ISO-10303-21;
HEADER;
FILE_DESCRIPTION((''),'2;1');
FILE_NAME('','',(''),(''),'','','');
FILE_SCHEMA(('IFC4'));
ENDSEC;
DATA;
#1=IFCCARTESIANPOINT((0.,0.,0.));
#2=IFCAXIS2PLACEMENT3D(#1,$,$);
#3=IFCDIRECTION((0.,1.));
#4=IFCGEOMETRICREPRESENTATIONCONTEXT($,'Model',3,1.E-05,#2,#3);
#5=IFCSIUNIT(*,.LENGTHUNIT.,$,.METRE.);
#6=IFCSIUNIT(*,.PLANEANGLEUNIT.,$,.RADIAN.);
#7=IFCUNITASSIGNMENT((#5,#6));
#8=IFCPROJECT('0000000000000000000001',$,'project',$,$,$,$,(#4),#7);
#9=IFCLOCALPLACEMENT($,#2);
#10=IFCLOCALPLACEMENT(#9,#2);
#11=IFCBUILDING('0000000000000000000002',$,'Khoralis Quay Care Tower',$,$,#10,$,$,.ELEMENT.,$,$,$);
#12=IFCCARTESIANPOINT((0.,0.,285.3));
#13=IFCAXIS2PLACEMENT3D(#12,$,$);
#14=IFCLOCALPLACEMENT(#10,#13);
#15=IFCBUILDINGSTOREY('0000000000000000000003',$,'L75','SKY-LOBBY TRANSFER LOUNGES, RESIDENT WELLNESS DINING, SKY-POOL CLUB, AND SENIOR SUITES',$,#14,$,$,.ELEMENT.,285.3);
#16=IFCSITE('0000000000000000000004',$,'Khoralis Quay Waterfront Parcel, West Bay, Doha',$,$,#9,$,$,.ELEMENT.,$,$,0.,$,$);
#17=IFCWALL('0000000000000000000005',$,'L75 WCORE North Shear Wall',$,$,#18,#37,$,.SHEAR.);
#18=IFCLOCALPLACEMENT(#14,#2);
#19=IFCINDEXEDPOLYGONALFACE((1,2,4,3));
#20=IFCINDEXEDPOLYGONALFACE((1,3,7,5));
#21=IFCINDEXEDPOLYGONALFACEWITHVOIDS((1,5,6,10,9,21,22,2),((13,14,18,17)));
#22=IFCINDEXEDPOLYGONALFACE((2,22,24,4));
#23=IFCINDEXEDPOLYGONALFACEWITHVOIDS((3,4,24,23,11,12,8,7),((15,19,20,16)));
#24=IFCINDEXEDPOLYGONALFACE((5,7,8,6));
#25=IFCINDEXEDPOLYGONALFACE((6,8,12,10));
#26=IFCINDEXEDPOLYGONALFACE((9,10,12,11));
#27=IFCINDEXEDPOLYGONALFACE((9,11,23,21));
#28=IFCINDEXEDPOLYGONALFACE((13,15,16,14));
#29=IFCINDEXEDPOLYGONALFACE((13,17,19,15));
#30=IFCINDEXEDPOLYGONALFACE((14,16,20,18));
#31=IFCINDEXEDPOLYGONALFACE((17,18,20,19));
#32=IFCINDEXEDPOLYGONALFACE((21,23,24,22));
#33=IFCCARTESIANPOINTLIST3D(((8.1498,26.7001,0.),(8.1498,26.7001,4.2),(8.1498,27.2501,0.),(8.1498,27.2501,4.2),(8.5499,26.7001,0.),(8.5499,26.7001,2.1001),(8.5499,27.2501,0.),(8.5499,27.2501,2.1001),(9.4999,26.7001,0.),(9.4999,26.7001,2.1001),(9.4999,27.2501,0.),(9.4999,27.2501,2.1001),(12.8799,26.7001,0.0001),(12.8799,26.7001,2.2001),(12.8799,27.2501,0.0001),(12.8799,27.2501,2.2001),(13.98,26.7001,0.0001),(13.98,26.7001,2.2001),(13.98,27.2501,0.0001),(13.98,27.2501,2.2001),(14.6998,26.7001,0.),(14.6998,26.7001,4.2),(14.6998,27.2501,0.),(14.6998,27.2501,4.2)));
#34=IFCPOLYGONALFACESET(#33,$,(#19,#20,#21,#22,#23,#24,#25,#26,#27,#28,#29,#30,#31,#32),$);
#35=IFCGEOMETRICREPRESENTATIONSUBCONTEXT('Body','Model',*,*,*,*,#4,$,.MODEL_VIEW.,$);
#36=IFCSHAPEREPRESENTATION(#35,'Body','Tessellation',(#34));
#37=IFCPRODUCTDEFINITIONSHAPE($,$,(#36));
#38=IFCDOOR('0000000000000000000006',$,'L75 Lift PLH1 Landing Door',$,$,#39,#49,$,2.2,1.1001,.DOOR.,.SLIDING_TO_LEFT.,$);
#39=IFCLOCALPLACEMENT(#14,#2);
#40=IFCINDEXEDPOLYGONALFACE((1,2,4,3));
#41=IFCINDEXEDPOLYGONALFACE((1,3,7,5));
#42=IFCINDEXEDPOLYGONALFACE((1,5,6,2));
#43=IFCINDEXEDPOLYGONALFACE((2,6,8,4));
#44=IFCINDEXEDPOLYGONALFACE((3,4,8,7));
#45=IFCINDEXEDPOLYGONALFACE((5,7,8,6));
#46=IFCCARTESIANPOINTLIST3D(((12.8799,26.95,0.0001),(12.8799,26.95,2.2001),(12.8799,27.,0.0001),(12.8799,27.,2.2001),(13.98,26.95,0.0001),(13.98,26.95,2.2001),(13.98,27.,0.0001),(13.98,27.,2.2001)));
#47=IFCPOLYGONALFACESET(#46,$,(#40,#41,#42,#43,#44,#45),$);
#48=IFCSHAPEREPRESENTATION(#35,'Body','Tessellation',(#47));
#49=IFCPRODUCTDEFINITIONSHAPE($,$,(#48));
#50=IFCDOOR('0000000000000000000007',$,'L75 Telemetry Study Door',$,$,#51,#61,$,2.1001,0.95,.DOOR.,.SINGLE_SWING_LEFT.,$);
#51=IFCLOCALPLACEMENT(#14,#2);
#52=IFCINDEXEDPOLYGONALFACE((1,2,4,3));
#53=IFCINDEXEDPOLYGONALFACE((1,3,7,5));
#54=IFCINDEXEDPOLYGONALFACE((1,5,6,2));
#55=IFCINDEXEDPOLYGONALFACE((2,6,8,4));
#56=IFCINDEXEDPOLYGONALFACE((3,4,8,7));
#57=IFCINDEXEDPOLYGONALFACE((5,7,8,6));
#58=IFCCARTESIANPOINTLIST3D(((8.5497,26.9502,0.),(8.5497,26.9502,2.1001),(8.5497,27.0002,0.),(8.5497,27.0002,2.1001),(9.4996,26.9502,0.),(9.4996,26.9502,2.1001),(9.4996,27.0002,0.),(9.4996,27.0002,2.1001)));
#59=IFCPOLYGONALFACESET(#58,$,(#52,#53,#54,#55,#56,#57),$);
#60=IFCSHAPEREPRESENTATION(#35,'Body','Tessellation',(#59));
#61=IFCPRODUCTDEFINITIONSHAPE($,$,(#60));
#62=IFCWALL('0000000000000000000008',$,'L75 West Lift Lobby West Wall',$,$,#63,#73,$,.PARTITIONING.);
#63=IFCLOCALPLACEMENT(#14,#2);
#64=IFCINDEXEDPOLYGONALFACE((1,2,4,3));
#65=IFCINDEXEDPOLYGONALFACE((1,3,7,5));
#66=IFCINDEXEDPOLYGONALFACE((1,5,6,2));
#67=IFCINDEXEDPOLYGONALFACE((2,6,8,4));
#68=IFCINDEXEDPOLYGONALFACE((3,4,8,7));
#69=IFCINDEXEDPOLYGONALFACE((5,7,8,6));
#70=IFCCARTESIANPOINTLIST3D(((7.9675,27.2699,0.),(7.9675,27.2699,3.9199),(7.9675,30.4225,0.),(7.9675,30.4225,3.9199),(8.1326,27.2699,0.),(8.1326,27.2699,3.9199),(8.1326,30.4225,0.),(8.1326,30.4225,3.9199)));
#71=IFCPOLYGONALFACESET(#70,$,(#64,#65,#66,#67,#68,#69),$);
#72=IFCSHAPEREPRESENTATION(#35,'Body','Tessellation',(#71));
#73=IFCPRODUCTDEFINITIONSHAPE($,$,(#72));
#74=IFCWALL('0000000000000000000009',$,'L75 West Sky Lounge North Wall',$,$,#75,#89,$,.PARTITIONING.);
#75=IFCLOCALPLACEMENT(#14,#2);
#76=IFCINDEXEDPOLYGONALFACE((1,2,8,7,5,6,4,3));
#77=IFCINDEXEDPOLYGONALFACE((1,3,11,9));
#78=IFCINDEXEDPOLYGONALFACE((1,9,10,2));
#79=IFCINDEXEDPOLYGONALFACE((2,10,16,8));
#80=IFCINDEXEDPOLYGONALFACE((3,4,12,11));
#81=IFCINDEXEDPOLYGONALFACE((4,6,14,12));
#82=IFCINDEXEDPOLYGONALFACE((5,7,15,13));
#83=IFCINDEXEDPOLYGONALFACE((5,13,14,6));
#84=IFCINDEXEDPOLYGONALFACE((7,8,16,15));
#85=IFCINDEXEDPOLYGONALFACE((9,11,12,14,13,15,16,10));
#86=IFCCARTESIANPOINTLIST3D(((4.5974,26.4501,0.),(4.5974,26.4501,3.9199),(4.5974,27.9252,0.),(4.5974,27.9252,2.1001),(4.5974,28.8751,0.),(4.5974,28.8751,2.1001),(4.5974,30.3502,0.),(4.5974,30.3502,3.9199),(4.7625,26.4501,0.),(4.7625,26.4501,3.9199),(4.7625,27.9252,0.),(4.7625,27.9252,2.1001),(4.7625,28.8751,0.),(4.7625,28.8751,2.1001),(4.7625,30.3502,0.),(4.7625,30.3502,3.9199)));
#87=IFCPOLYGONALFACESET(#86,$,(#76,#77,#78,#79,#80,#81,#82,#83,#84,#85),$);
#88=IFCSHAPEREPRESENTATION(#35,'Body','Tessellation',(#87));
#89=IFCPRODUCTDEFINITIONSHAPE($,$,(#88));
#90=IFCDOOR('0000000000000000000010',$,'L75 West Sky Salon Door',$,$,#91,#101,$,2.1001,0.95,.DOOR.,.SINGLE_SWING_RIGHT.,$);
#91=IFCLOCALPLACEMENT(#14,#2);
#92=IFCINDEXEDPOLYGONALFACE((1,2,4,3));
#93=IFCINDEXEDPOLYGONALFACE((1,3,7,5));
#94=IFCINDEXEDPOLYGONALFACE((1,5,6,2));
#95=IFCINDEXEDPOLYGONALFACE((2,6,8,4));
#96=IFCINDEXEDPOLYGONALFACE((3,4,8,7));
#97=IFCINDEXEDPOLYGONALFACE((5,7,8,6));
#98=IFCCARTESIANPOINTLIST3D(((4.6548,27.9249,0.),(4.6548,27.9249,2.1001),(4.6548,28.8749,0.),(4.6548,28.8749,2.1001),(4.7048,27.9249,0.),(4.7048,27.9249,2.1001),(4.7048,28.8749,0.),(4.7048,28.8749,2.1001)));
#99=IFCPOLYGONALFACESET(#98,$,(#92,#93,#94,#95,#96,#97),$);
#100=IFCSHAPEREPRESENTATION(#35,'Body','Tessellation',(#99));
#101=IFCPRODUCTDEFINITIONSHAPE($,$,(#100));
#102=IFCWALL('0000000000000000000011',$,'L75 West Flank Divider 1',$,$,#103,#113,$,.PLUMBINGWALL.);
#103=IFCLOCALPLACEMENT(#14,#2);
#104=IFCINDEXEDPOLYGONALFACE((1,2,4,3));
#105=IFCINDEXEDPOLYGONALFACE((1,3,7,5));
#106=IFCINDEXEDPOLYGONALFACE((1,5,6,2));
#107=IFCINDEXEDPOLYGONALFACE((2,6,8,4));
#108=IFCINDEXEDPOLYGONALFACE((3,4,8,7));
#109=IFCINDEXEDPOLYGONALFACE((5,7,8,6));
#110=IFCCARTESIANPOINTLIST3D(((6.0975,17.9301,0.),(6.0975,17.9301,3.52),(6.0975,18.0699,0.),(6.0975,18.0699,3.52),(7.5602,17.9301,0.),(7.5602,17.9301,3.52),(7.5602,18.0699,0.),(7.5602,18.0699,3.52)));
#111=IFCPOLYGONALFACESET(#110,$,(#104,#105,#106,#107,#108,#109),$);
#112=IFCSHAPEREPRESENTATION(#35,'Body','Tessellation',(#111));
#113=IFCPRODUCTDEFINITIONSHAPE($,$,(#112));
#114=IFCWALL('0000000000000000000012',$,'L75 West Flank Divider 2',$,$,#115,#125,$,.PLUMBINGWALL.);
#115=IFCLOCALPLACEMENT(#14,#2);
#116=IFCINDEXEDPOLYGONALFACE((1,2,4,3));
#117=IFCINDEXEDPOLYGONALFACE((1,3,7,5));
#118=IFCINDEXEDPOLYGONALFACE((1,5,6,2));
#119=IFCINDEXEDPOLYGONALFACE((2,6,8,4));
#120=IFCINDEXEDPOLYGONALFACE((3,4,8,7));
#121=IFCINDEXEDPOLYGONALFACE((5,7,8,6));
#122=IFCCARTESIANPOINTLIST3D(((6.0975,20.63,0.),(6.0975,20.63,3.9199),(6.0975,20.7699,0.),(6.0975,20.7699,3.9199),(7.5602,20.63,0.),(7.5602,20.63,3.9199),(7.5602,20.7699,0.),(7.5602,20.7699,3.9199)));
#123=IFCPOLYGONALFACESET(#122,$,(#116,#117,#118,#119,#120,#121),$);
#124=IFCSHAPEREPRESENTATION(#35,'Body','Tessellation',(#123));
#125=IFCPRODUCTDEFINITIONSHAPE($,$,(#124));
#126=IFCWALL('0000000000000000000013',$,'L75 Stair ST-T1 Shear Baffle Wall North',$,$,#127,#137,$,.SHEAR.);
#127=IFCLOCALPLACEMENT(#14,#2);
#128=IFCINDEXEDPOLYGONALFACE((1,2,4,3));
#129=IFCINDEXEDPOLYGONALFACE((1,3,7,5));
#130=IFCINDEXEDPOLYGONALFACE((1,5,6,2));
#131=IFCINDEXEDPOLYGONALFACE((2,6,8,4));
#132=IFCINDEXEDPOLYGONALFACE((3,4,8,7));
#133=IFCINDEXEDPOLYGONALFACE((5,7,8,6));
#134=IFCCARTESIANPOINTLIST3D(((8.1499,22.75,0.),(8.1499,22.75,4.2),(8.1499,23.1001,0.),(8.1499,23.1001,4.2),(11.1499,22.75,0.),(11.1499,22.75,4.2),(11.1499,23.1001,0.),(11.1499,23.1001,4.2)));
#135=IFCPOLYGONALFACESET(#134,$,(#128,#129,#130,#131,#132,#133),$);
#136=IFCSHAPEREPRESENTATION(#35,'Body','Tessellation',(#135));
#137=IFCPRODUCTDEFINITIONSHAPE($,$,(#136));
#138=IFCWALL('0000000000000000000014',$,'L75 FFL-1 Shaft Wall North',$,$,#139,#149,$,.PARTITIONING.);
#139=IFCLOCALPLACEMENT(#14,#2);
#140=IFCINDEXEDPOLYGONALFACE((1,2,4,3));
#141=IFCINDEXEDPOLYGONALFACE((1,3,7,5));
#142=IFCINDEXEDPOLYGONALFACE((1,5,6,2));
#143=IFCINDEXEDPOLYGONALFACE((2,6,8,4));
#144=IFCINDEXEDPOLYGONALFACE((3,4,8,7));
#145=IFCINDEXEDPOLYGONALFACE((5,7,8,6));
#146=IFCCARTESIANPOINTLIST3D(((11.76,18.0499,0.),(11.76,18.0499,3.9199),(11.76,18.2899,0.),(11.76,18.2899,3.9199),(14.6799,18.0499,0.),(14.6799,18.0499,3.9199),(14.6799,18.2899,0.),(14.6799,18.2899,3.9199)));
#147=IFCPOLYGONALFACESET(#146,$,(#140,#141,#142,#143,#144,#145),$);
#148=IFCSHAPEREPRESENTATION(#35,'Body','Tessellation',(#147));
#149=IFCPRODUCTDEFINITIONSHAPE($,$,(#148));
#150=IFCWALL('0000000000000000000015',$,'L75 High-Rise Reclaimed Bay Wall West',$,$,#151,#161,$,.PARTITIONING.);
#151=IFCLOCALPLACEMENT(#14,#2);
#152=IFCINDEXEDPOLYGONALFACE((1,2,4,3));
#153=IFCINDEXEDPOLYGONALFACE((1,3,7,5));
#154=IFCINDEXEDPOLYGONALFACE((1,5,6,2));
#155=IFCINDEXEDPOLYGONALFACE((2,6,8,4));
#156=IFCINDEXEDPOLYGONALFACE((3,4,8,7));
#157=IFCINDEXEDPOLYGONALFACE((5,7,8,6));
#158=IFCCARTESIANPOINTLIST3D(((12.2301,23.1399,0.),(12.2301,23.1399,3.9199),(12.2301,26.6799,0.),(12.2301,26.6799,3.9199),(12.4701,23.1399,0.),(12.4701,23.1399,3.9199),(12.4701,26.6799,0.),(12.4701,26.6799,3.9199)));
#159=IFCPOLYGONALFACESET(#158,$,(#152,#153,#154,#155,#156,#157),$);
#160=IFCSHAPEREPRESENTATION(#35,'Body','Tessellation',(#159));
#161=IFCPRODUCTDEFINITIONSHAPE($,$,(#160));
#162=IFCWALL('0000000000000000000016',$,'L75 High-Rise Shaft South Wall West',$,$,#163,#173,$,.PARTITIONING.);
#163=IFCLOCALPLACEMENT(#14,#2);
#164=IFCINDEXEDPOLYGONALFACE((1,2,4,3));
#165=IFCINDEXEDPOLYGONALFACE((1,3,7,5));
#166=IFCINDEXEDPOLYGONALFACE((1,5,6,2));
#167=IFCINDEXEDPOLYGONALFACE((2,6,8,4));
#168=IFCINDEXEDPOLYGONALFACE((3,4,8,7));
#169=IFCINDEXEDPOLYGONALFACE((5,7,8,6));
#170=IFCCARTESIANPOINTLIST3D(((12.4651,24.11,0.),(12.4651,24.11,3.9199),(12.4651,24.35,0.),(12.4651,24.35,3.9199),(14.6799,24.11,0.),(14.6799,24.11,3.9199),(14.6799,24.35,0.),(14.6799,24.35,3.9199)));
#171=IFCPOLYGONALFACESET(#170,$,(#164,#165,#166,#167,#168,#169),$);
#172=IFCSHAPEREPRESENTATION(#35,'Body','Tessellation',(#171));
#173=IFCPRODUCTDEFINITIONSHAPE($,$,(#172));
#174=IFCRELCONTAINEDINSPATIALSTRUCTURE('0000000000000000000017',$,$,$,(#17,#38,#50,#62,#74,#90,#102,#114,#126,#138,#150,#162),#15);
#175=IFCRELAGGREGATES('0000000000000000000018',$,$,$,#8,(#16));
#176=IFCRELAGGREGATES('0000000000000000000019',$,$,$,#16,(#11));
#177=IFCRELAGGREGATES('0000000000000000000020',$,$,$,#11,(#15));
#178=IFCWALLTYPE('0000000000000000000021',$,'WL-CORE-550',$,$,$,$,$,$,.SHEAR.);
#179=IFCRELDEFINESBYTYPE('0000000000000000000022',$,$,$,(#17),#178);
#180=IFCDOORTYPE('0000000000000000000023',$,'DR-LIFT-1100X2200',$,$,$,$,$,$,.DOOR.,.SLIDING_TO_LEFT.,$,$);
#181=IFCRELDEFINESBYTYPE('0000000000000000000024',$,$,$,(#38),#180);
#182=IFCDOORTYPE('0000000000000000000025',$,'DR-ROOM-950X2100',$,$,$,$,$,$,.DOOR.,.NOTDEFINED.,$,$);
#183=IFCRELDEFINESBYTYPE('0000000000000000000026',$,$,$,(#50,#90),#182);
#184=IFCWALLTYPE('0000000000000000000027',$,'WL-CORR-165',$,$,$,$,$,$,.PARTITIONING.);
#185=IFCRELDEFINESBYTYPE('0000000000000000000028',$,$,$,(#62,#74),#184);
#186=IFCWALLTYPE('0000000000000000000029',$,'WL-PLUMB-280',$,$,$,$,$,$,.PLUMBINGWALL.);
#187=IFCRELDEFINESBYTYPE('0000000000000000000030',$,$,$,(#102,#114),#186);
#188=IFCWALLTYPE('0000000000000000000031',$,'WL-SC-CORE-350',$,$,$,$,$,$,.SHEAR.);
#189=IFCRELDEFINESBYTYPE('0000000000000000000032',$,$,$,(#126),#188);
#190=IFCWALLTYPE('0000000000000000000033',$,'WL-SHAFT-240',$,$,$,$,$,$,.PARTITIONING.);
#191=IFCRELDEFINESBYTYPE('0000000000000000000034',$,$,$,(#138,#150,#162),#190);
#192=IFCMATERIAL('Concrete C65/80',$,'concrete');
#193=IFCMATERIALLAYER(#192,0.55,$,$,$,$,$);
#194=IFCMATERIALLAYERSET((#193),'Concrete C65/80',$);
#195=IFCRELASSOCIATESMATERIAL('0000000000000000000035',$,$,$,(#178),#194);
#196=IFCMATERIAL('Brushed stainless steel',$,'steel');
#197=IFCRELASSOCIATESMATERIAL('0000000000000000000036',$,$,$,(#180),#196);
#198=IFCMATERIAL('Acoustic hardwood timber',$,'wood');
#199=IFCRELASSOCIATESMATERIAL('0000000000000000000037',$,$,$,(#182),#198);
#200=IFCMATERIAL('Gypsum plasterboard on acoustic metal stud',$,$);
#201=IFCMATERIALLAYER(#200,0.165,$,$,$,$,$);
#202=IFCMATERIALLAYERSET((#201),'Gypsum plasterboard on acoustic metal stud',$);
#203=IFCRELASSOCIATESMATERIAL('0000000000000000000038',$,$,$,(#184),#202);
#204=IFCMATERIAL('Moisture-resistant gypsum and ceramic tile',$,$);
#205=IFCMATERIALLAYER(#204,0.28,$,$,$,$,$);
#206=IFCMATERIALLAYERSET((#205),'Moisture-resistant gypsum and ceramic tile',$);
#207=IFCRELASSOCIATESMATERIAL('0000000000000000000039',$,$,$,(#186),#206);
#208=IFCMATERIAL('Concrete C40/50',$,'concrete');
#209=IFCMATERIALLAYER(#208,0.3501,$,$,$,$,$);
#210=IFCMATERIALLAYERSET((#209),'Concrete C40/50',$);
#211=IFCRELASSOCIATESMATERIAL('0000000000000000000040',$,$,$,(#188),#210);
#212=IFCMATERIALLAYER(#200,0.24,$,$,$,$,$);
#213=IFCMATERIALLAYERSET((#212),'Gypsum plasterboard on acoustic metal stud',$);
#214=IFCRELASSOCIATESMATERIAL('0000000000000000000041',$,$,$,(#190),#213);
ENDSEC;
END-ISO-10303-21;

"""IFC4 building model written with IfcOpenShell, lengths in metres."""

from ifc_helpers import new_model, si_unit, direction, frame, frame_2d, origin, place, context, subcontext, project, spatial, rectangle, extrude, source, transform, mapped, material, layer, layer_set, type_object, element, fill, save


model = new_model("IFC4")

# Units and contexts
model_context = context("Model", 3, precision=1e-05, world=origin(), true_north=direction((0.0, 1.0)))
body_context = subcontext(model_context, "Body", "Model", "MODEL_VIEW")
ifc_project = project(units=[si_unit("LENGTHUNIT", "METRE"), si_unit("PLANEANGLEUNIT", "RADIAN")], contexts=[model_context])

# Site, building, storey
site_placement = place(None, origin())
site = spatial("IfcSite", under=ifc_project, at=site_placement, Name="Khoralis Quay Waterfront Parcel, West Bay, Doha", CompositionType="ELEMENT", RefElevation=0.0)
building_placement = place(site_placement, origin())
building = spatial("IfcBuilding", under=site, at=building_placement, Name="Khoralis Quay Care Tower", CompositionType="ELEMENT")
storey_placement = place(building_placement, frame((0.0, 0.0, 285.3)))
storey = spatial("IfcBuildingStorey", under=building, at=storey_placement, Name="L75", Description="SKY-LOBBY TRANSFER LOUNGES, RESIDENT WELLNESS DINING, SKY-POOL CLUB, AND SENIOR SUITES", CompositionType="ELEMENT", Elevation=285.3)

# Wall, openings, doors
ifc_material_1 = material(Name="Concrete C65/80", Category="concrete")
ifc_layer_1 = layer(ifc_material_1, 0.55)
ifc_layer_set_1 = layer_set([ifc_layer_1], Name="Concrete C65/80")
wall_type_1 = type_object("IfcWallType", Name="WL-CORE-550", PredefinedType="SHEAR", material=ifc_layer_set_1)
wall_1_placement = place(storey_placement, frame((8.1499, 26.9751, 0.0), z_axis=(0.0, 0.0, 1.0), x_axis=(1.0, 0.0, 0.0)))
wall_1 = element("IfcWall", 1, at=wall_1_placement, inside=storey, type_object=wall_type_1, Name="L75 WCORE North Shear Wall", PredefinedType="SHEAR", context=body_context, shape_type="SweptSolid", body=[
    extrude(rectangle(XDim=6.55, YDim=0.55, at=frame_2d((3.2749, 0.0))), origin(), (0.0, 0.0, 1.0), 4.2),
])
opening_1_placement = place(wall_1_placement, frame((0.3999, 0.0, 0.0)))
opening_1 = element("IfcOpeningElement", 2, at=opening_1_placement, cuts=wall_1, PredefinedType="OPENING", context=body_context, shape_type="SweptSolid", body=[
    extrude(rectangle(XDim=0.95, YDim=2.1001, at=frame_2d((0.4751, 1.05))), frame((0.0, 0.2852, 0.0), z_axis=(0.0, -1.0, 0.0), x_axis=(1.0, 0.0, 0.0)), (0.0, 0.0, 1.0), 0.5701),
])
opening_2_placement = place(wall_1_placement, frame((4.73, 0.0, 0.0)))
opening_2 = element("IfcOpeningElement", 3, at=opening_2_placement, cuts=wall_1, PredefinedType="OPENING", context=body_context, shape_type="SweptSolid", body=[
    extrude(rectangle(XDim=1.1001, YDim=2.2, at=frame_2d((0.55, 1.1001))), frame((0.0, 0.2852, 0.0), z_axis=(0.0, -1.0, 0.0), x_axis=(1.0, 0.0, 0.0)), (0.0, 0.0, 1.0), 0.5701),
])
ifc_material_2 = material(Name="Brushed stainless steel", Category="steel")
door_type_1 = type_object("IfcDoorType", Name="DR-LIFT-1100X2200", OperationType="SLIDING_TO_LEFT", PredefinedType="DOOR", material=ifc_material_2)
shared_shape_1 = source(origin(), body_context, "Body", "SweptSolid", [
    extrude(rectangle(XDim=1.1001, YDim=2.2, at=frame_2d((0.55, 1.1001))), frame((0.0, 0.0249, 0.0), z_axis=(0.0, -1.0, 0.0), x_axis=(1.0, 0.0, 0.0)), (0.0, 0.0, 1.0), 0.05),
])
door_1_placement = place(opening_2_placement, origin())
door_1 = element("IfcDoor", 4, at=door_1_placement, inside=storey, type_object=door_type_1, Name="L75 Lift PLH1 Landing Door", OperationType="SLIDING_TO_LEFT", OverallHeight=2.2, OverallWidth=1.1001, PredefinedType="DOOR", context=body_context, shape_type="MappedRepresentation", body=[
    mapped(shared_shape_1, transform((0.0, 0.0, 0.0), scale=1.0)),
])
fill(opening_2, door_1)
ifc_material_3 = material(Name="Acoustic hardwood timber", Category="wood")
door_type_2 = type_object("IfcDoorType", Name="DR-ROOM-950X2100", OperationType="NOTDEFINED", PredefinedType="DOOR", material=ifc_material_3)
shared_shape_2 = source(origin(), body_context, "Body", "SweptSolid", [
    extrude(rectangle(XDim=0.95, YDim=2.1001, at=frame_2d((0.4751, 1.05))), frame((0.0, 0.0249, 0.0), z_axis=(0.0, -1.0, 0.0), x_axis=(1.0, 0.0, 0.0)), (0.0, 0.0, 1.0), 0.05),
])
door_2_placement = place(opening_1_placement, frame((0.95, 0.0, 0.0), z_axis=(0.0, 0.0, 1.0), x_axis=(-1.0, 0.0, 0.0)))
door_2 = element("IfcDoor", 5, at=door_2_placement, inside=storey, type_object=door_type_2, Name="L75 Telemetry Study Door", OperationType="SINGLE_SWING_LEFT", OverallHeight=2.1001, OverallWidth=0.95, PredefinedType="DOOR", context=body_context, shape_type="MappedRepresentation", body=[
    mapped(shared_shape_2, transform((0.0, 0.0, 0.0), scale=1.0)),
])
fill(opening_1, door_2)

# Wall
ifc_material_4 = material(Name="Gypsum plasterboard on acoustic metal stud")
ifc_layer_2 = layer(ifc_material_4, 0.165)
ifc_layer_set_2 = layer_set([ifc_layer_2], Name="Gypsum plasterboard on acoustic metal stud")
wall_type_2 = type_object("IfcWallType", Name="WL-CORR-165", PredefinedType="PARTITIONING", material=ifc_layer_set_2)
wall_2_placement = place(storey_placement, frame((8.05, 27.27, 0.0), z_axis=(0.0, 0.0, 1.0), x_axis=(0.0, 1.0, 0.0)))
element("IfcWall", 6, at=wall_2_placement, inside=storey, type_object=wall_type_2, Name="L75 West Lift Lobby West Wall", PredefinedType="PARTITIONING", context=body_context, shape_type="SweptSolid", body=[
    extrude(rectangle(XDim=3.1526, YDim=0.165, at=frame_2d((1.5762, 0.0))), origin(), (0.0, 0.0, 1.0), 3.9199),
])

# Wall, opening, door
wall_3_placement = place(storey_placement, frame((4.6799, 26.45, 0.0), z_axis=(0.0, 0.0, 1.0), x_axis=(0.0, 1.0, 0.0)))
wall_3 = element("IfcWall", 7, at=wall_3_placement, inside=storey, type_object=wall_type_2, Name="L75 West Sky Lounge North Wall", PredefinedType="PARTITIONING", context=body_context, shape_type="SweptSolid", body=[
    extrude(rectangle(XDim=3.9001, YDim=0.165, at=frame_2d((1.9502, 0.0))), origin(), (0.0, 0.0, 1.0), 3.9199),
])
opening_3_placement = place(wall_3_placement, frame((1.4751, 0.0, 0.0)))
opening_3 = element("IfcOpeningElement", 8, at=opening_3_placement, cuts=wall_3, PredefinedType="OPENING", context=body_context, shape_type="SweptSolid", body=[
    extrude(rectangle(XDim=0.95, YDim=2.1001, at=frame_2d((0.4751, 1.05))), frame((0.0, 0.0925, 0.0), z_axis=(0.0, -1.0, 0.0), x_axis=(1.0, 0.0, 0.0)), (0.0, 0.0, 1.0), 0.1851),
])
door_3_placement = place(opening_3_placement, frame((0.95, 0.0, 0.0), z_axis=(0.0, 0.0, 1.0), x_axis=(-1.0, 0.0, 0.0)))
door_3 = element("IfcDoor", 9, at=door_3_placement, inside=storey, type_object=door_type_2, Name="L75 West Sky Salon Door", OperationType="SINGLE_SWING_RIGHT", OverallHeight=2.1001, OverallWidth=0.95, PredefinedType="DOOR", context=body_context, shape_type="MappedRepresentation", body=[
    mapped(shared_shape_2, transform((0.0, 0.0, 0.0), scale=1.0)),
])
fill(opening_3, door_3)

# Walls
ifc_material_5 = material(Name="Moisture-resistant gypsum and ceramic tile")
ifc_layer_3 = layer(ifc_material_5, 0.28)
ifc_layer_set_3 = layer_set([ifc_layer_3], Name="Moisture-resistant gypsum and ceramic tile")
wall_type_3 = type_object("IfcWallType", Name="WL-PLUMB-280", PredefinedType="PLUMBINGWALL", material=ifc_layer_set_3)
wall_4_placement = place(storey_placement, frame((6.0974, 18.0, 0.0), z_axis=(0.0, 0.0, 1.0), x_axis=(1.0, 0.0, 0.0)))
element("IfcWall", 10, at=wall_4_placement, inside=storey, type_object=wall_type_3, Name="L75 West Flank Divider 1", PredefinedType="PLUMBINGWALL", context=body_context, shape_type="SweptSolid", body=[
    extrude(rectangle(XDim=1.4626, YDim=0.1399, at=frame_2d((0.7314, 0.0))), origin(), (0.0, 0.0, 1.0), 3.52),
])
wall_5_placement = place(storey_placement, frame((6.0974, 20.7, 0.0), z_axis=(0.0, 0.0, 1.0), x_axis=(1.0, 0.0, 0.0)))
element("IfcWall", 11, at=wall_5_placement, inside=storey, type_object=wall_type_3, Name="L75 West Flank Divider 2", PredefinedType="PLUMBINGWALL", context=body_context, shape_type="SweptSolid", body=[
    extrude(rectangle(XDim=1.4626, YDim=0.1399, at=frame_2d((0.7314, 0.0))), origin(), (0.0, 0.0, 1.0), 3.9199),
])
ifc_material_6 = material(Name="Concrete C40/50", Category="concrete")
ifc_layer_4 = layer(ifc_material_6, 0.3501)
ifc_layer_set_4 = layer_set([ifc_layer_4], Name="Concrete C40/50")
wall_type_4 = type_object("IfcWallType", Name="WL-SC-CORE-350", PredefinedType="SHEAR", material=ifc_layer_set_4)
wall_6_placement = place(storey_placement, frame((8.1499, 22.925, 0.0), z_axis=(0.0, 0.0, 1.0), x_axis=(1.0, 0.0, 0.0)))
element("IfcWall", 12, at=wall_6_placement, inside=storey, type_object=wall_type_4, Name="L75 Stair ST-T1 Shear Baffle Wall North", PredefinedType="SHEAR", context=body_context, shape_type="SweptSolid", body=[
    extrude(rectangle(XDim=3.0, YDim=0.3501, at=frame_2d((1.5, 0.0))), origin(), (0.0, 0.0, 1.0), 4.2),
])
ifc_layer_5 = layer(ifc_material_4, 0.24)
ifc_layer_set_5 = layer_set([ifc_layer_5], Name="Gypsum plasterboard on acoustic metal stud")
wall_type_5 = type_object("IfcWallType", Name="WL-SHAFT-240", PredefinedType="PARTITIONING", material=ifc_layer_set_5)
wall_7_placement = place(storey_placement, frame((11.76, 18.1699, 0.0), z_axis=(0.0, 0.0, 1.0), x_axis=(1.0, 0.0, 0.0)))
element("IfcWall", 13, at=wall_7_placement, inside=storey, type_object=wall_type_5, Name="L75 FFL-1 Shaft Wall North", PredefinedType="PARTITIONING", context=body_context, shape_type="SweptSolid", body=[
    extrude(rectangle(XDim=2.9199, YDim=0.24, at=frame_2d((1.46, 0.0))), origin(), (0.0, 0.0, 1.0), 3.9199),
])
wall_8_placement = place(storey_placement, frame((12.3501, 23.1399, 0.0), z_axis=(0.0, 0.0, 1.0), x_axis=(0.0, 1.0, 0.0)))
element("IfcWall", 14, at=wall_8_placement, inside=storey, type_object=wall_type_5, Name="L75 High-Rise Reclaimed Bay Wall West", PredefinedType="PARTITIONING", context=body_context, shape_type="SweptSolid", body=[
    extrude(rectangle(XDim=3.54, YDim=0.24, at=frame_2d((1.77, 0.0))), origin(), (0.0, 0.0, 1.0), 3.9199),
])
wall_9_placement = place(storey_placement, frame((12.4651, 24.23, 0.0), z_axis=(0.0, 0.0, 1.0), x_axis=(1.0, 0.0, 0.0)))
element("IfcWall", 15, at=wall_9_placement, inside=storey, type_object=wall_type_5, Name="L75 High-Rise Shaft South Wall West", PredefinedType="PARTITIONING", context=body_context, shape_type="SweptSolid", body=[
    extrude(rectangle(XDim=2.2148, YDim=0.24, at=frame_2d((1.1074, 0.0))), origin(), (0.0, 0.0, 1.0), 3.9199),
])

save(model, "model.ifc")
